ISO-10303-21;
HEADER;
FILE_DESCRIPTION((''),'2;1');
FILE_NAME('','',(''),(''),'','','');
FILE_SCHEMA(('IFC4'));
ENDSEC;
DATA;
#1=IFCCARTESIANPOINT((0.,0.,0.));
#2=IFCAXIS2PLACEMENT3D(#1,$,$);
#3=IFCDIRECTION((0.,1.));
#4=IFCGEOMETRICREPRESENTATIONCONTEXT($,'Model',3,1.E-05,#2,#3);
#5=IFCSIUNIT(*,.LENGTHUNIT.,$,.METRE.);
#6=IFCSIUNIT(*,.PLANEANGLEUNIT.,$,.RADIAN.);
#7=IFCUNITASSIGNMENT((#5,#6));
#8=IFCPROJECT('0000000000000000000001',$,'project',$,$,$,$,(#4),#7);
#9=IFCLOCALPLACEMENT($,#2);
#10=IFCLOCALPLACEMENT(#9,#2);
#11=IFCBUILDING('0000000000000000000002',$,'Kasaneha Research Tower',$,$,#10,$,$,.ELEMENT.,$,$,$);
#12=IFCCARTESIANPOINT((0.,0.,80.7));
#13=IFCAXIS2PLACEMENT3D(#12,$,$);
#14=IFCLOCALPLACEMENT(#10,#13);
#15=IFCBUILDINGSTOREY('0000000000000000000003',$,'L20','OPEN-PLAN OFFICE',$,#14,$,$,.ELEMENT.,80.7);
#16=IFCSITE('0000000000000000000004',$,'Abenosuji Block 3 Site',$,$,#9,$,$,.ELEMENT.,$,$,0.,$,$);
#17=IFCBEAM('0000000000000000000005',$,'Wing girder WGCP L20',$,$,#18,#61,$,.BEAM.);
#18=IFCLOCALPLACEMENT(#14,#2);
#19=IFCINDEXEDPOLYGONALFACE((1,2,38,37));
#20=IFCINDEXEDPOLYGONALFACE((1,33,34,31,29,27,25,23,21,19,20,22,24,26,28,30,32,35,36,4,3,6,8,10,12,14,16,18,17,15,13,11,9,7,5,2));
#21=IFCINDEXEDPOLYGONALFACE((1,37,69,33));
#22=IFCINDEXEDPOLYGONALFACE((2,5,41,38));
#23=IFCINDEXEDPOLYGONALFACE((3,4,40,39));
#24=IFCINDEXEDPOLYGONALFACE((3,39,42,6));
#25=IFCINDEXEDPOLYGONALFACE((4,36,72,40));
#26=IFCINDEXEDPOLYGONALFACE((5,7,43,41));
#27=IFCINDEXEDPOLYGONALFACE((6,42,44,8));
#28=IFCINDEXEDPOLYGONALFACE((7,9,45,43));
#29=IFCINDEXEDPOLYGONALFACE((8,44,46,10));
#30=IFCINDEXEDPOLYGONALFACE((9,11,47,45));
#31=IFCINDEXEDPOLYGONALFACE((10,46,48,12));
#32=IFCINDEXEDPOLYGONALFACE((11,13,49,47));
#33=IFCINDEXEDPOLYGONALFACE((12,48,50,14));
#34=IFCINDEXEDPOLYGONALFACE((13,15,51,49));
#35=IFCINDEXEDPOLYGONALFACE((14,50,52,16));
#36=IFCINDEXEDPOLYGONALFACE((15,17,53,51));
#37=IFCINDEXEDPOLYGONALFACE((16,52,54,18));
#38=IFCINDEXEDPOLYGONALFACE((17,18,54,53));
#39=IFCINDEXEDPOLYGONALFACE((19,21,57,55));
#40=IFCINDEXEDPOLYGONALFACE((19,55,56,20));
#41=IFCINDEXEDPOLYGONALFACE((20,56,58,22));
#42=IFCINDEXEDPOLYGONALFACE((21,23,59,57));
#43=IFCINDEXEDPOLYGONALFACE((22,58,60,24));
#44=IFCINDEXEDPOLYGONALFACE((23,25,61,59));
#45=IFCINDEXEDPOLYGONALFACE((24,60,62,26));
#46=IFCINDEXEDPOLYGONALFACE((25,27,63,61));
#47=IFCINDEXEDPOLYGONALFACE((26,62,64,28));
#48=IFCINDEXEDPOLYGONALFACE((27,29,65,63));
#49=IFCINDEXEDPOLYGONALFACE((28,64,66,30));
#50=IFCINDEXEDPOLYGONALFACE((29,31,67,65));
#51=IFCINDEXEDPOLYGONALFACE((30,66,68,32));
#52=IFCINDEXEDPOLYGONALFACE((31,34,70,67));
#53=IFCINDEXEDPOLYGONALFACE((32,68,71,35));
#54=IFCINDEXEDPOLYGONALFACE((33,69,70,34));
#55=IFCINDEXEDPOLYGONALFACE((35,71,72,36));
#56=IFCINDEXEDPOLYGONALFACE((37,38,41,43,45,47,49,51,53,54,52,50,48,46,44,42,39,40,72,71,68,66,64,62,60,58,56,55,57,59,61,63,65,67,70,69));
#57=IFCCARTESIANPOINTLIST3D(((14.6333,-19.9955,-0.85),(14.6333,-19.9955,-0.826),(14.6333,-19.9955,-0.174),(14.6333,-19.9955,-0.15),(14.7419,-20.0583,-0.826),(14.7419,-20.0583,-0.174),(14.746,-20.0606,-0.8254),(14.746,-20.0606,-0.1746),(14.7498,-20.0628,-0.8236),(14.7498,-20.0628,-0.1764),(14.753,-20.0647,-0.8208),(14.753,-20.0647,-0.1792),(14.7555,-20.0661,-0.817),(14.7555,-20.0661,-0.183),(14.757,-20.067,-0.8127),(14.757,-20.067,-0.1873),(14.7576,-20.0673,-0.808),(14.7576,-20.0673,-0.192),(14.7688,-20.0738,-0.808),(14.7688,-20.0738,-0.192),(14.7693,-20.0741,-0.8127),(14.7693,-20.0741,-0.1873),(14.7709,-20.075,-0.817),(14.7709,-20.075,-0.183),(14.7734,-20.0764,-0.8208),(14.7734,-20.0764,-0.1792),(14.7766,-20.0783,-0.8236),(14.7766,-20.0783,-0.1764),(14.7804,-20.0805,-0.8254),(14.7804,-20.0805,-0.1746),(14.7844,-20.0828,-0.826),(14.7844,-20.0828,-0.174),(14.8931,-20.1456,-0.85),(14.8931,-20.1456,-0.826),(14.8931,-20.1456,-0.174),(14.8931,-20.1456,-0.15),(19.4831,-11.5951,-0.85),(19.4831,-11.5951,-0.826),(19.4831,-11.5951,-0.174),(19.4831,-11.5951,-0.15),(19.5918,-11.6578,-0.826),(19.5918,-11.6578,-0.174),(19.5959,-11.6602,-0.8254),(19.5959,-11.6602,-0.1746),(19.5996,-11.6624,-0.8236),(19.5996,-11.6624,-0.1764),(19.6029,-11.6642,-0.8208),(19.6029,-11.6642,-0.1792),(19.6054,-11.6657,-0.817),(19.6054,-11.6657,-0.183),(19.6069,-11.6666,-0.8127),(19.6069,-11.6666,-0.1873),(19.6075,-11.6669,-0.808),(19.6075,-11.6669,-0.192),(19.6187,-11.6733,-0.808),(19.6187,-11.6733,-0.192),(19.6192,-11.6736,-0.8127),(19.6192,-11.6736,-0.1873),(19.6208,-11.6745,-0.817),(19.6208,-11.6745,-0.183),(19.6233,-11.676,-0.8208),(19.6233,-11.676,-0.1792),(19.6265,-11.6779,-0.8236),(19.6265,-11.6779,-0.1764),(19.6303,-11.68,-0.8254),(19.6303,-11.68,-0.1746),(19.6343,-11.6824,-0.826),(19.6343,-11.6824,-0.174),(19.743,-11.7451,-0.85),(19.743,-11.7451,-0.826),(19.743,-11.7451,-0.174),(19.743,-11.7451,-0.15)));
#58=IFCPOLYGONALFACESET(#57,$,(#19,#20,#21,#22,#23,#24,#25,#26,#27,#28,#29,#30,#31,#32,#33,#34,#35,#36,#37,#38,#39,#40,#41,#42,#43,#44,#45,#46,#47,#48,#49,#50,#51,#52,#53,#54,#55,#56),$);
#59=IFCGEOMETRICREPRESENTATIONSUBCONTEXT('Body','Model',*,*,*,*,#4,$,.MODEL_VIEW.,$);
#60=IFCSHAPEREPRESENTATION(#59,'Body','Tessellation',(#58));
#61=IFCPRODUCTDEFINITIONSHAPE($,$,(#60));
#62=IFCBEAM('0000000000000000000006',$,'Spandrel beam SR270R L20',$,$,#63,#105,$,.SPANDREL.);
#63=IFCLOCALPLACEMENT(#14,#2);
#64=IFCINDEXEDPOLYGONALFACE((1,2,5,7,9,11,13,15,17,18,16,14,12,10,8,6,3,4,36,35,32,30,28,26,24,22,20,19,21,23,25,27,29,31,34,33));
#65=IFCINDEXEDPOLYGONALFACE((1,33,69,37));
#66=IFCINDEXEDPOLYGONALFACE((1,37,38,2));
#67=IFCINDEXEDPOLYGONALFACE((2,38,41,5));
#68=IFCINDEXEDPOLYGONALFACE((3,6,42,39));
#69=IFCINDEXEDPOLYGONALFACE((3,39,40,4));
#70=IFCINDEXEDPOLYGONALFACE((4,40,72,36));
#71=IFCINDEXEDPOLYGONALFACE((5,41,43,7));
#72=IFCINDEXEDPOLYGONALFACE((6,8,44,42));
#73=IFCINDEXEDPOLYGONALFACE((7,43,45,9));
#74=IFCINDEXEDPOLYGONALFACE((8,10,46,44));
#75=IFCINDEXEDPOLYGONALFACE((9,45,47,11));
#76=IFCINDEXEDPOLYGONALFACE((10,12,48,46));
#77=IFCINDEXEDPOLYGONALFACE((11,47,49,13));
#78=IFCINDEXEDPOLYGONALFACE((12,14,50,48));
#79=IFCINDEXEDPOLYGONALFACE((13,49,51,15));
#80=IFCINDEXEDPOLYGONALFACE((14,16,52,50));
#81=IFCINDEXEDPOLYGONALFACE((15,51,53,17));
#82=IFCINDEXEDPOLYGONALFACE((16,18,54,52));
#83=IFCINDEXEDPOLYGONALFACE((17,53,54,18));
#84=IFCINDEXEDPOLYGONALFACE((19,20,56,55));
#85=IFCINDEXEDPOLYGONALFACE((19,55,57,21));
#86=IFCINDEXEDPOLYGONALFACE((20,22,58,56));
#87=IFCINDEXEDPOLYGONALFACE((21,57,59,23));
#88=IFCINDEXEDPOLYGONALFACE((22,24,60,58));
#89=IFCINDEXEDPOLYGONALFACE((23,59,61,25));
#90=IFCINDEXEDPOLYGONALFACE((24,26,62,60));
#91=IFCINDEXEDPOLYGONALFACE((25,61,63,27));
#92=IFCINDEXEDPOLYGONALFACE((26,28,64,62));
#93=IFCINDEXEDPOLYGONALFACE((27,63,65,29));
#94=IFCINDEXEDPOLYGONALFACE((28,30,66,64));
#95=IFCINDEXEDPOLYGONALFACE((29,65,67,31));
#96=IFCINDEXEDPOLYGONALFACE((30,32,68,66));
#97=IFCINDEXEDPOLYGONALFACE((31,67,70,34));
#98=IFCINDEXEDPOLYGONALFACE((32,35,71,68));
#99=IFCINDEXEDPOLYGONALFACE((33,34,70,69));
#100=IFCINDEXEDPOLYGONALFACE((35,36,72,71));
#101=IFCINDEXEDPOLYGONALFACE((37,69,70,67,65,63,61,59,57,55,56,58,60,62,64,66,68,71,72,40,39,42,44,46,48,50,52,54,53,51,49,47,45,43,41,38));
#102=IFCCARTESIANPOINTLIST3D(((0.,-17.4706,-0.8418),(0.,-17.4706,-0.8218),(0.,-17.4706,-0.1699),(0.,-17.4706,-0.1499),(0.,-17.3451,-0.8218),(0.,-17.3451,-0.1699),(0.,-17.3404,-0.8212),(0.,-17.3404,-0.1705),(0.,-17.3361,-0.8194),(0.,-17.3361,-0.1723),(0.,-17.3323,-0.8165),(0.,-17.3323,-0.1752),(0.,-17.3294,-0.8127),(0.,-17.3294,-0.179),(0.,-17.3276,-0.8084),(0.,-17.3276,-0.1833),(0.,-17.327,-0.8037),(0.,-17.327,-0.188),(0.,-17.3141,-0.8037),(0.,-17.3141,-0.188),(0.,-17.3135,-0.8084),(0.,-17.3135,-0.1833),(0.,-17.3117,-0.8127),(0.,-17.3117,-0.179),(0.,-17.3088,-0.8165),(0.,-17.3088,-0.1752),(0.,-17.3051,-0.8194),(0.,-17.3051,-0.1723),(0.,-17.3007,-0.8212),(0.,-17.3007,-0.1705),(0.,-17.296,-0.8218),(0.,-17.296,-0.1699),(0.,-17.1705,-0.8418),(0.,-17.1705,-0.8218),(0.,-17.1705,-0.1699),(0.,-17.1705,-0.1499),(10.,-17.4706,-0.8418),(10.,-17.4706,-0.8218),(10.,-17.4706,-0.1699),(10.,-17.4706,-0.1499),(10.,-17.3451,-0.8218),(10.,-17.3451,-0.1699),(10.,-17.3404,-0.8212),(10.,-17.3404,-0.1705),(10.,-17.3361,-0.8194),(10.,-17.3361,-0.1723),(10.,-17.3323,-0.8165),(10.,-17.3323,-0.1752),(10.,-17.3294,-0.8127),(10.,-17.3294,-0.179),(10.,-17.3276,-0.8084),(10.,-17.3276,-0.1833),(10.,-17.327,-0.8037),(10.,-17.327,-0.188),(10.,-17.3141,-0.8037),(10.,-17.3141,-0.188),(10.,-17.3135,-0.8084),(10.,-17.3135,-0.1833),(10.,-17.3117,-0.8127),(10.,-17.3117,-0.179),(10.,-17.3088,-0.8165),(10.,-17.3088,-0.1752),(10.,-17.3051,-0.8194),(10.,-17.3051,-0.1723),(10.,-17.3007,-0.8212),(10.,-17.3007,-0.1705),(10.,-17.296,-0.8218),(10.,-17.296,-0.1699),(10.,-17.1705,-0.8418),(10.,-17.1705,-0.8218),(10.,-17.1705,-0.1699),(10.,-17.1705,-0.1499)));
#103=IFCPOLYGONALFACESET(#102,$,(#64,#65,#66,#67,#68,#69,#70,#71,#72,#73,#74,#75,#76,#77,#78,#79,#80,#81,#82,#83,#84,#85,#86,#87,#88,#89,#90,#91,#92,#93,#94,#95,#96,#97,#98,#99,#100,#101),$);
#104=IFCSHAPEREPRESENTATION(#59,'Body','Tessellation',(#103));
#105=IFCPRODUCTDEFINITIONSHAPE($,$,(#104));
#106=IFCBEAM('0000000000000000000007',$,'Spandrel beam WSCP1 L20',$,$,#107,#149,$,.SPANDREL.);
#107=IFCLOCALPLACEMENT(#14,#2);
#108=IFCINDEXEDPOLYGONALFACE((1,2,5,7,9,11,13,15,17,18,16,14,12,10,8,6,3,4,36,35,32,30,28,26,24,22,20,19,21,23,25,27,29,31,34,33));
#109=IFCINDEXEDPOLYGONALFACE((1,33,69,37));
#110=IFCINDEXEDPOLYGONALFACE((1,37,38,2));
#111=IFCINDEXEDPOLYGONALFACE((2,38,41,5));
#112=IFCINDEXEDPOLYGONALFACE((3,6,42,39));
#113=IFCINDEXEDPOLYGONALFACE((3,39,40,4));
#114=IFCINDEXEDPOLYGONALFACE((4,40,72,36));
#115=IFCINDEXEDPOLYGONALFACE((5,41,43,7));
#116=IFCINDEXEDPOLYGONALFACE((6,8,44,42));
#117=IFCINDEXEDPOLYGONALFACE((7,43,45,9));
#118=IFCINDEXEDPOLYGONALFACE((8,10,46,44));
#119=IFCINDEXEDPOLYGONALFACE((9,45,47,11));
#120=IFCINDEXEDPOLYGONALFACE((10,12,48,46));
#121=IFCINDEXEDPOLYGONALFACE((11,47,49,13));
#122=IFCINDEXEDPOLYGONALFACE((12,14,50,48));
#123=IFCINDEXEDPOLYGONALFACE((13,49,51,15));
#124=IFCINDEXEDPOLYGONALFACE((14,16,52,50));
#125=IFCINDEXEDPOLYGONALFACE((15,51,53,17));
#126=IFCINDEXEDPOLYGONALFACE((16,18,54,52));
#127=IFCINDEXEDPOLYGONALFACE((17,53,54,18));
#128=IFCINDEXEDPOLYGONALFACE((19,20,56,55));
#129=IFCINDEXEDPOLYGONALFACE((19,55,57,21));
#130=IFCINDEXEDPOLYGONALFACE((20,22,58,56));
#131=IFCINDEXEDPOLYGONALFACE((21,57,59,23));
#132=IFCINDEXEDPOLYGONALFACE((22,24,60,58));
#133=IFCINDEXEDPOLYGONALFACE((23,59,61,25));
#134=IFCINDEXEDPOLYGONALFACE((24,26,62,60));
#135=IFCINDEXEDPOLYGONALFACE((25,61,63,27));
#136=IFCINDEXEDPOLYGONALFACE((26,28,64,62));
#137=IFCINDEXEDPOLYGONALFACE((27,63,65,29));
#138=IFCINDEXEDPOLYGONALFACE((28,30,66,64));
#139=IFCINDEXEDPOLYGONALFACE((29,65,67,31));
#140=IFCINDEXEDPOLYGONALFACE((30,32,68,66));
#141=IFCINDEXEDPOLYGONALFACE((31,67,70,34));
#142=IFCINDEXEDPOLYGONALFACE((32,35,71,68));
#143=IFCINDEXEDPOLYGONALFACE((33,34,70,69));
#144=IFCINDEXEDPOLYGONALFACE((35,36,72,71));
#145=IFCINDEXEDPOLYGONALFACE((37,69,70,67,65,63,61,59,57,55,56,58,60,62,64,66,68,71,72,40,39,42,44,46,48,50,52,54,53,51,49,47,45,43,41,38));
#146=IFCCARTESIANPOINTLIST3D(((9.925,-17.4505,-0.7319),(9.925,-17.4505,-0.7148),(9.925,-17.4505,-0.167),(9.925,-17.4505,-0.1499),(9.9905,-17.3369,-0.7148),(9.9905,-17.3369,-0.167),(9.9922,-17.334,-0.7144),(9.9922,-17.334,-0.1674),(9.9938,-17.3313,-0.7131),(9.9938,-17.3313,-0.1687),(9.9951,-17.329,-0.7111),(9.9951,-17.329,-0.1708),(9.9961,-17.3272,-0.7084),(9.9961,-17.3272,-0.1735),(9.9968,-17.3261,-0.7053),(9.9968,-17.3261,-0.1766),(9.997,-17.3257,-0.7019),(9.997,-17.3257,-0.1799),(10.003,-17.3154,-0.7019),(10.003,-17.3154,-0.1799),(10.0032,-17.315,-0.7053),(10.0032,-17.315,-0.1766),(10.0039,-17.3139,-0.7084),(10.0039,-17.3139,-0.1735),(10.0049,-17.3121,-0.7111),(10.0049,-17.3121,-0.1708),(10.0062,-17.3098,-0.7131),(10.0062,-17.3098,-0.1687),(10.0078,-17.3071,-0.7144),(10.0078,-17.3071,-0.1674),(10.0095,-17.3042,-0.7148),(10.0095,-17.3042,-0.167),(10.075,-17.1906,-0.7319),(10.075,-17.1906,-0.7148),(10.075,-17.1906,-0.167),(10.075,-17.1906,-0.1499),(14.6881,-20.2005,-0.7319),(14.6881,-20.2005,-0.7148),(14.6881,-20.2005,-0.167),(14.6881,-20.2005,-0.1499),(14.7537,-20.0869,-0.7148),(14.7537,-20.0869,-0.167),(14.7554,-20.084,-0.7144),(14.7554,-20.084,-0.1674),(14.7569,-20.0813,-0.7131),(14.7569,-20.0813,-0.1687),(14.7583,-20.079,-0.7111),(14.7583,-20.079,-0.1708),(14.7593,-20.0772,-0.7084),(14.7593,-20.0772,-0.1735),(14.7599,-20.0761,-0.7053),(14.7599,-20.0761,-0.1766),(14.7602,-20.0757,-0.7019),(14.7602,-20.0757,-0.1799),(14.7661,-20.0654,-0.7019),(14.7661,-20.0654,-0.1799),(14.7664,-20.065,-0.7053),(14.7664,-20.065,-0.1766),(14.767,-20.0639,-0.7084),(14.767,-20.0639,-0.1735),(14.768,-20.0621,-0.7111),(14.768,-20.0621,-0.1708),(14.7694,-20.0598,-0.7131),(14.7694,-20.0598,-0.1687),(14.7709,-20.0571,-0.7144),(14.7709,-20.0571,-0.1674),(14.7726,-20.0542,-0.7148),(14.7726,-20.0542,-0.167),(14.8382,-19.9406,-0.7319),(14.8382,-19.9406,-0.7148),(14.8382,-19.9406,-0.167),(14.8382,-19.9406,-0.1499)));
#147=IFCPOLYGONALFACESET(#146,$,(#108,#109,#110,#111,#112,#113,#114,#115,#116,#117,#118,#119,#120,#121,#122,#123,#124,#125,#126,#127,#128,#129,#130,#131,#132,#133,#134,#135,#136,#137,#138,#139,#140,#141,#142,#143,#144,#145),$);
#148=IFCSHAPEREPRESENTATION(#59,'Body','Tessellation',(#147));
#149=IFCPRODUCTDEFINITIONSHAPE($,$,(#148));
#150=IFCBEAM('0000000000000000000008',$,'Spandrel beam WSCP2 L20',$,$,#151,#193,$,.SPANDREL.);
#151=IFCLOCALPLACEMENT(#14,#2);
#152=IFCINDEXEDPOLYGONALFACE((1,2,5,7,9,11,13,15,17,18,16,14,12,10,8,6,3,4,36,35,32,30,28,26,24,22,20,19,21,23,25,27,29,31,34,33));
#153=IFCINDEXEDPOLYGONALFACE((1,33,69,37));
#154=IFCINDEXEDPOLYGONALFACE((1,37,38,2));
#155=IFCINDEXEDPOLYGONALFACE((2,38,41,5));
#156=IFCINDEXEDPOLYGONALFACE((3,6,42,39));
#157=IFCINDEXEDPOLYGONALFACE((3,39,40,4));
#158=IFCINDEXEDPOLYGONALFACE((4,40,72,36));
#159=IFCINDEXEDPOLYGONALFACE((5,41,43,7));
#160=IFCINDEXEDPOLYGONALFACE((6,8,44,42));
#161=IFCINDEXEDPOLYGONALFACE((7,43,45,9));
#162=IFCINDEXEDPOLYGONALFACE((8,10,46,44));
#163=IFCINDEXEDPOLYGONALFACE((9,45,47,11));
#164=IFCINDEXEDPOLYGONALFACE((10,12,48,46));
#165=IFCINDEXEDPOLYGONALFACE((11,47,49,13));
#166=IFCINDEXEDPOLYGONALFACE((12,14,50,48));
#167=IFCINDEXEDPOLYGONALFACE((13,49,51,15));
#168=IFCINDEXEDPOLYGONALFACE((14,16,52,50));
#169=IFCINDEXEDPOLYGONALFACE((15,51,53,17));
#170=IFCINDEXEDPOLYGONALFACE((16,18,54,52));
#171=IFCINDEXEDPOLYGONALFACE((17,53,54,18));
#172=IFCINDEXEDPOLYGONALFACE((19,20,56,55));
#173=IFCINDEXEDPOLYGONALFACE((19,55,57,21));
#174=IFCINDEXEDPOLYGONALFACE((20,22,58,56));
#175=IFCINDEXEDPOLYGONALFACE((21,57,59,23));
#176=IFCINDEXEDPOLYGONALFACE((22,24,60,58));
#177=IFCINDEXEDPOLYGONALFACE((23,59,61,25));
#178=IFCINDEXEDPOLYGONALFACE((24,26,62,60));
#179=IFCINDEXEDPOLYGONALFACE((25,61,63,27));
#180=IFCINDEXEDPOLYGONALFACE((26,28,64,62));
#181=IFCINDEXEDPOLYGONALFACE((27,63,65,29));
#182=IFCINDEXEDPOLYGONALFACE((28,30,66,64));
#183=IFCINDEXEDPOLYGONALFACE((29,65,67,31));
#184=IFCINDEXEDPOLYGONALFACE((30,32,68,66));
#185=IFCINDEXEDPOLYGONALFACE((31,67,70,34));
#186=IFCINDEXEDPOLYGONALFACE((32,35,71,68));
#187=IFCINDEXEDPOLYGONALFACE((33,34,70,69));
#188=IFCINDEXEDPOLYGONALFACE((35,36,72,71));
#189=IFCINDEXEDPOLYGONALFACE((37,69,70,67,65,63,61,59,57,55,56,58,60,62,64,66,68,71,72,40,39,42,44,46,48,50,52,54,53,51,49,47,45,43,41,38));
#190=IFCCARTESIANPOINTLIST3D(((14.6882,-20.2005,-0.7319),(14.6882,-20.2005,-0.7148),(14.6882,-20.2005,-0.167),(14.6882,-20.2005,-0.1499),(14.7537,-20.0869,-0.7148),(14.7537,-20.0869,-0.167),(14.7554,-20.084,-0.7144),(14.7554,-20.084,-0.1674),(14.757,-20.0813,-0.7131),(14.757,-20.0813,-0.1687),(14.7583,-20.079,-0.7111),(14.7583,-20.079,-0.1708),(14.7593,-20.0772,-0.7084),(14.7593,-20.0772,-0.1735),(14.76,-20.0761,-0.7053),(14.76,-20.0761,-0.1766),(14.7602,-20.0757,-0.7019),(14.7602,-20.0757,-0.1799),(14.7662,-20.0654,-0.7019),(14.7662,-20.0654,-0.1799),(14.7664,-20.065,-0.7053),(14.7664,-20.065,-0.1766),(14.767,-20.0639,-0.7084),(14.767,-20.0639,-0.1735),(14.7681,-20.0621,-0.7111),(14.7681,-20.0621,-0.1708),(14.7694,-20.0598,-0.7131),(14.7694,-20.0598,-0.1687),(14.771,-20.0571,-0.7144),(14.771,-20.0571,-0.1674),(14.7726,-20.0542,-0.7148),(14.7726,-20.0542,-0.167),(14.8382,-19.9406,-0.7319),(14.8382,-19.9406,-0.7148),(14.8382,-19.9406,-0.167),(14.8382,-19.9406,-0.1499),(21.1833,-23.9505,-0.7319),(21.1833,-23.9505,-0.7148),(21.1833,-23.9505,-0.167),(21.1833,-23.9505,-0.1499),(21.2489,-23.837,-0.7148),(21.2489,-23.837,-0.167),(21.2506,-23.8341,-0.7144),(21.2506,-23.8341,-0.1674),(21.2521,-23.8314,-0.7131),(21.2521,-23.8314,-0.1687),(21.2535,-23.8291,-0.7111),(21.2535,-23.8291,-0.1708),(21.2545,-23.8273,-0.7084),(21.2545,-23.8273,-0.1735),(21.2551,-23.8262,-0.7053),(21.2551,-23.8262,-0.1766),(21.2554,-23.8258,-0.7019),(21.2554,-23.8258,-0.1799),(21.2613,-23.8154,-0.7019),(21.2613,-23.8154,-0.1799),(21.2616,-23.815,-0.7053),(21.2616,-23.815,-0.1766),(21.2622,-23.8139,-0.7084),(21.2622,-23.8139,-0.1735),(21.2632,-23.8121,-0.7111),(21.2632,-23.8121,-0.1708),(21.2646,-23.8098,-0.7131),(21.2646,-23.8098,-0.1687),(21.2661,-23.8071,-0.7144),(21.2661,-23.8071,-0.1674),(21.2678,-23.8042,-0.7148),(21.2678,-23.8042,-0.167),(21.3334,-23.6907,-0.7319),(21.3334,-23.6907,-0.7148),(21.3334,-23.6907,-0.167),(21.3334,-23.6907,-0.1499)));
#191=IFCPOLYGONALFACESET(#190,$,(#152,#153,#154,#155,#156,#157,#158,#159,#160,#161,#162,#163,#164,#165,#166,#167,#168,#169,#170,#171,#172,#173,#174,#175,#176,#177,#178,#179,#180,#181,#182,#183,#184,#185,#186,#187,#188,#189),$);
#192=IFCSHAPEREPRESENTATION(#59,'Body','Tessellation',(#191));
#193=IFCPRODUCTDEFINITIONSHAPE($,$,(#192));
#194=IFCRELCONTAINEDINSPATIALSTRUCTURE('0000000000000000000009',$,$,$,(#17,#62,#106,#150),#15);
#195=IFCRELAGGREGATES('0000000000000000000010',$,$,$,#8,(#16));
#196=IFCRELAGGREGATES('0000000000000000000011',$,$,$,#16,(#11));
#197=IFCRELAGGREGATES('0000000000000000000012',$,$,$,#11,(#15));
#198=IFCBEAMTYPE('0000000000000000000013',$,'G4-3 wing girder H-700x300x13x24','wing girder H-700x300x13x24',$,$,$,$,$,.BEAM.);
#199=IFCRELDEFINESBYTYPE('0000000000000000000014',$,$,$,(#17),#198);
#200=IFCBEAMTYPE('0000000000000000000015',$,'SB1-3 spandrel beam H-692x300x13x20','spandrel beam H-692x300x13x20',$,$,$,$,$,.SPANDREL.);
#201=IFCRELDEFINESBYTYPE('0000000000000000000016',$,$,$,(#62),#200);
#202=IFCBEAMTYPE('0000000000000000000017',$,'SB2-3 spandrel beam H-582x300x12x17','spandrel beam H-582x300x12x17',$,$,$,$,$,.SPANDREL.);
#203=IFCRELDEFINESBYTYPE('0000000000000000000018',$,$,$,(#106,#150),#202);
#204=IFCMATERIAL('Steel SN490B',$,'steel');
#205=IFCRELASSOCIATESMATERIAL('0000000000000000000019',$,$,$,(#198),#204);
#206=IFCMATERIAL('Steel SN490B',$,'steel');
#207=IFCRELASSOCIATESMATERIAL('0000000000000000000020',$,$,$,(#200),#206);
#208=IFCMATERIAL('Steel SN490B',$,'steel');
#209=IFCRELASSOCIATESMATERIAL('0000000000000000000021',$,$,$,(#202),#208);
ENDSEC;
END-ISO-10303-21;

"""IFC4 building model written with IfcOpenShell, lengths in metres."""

from ifc_helpers import new_model, si_unit, direction, frame, origin, origin_2d, place, context, subcontext, project, spatial, i_section, extrude, material, material_profile, profile_set, type_object, element, save


model = new_model("IFC4")

# Units and contexts
model_context = context("Model", 3, precision=1e-05, world=origin(), true_north=direction((0.0, 1.0)))
body_context = subcontext(model_context, "Body", "Model", "MODEL_VIEW")
ifc_project = project(units=[si_unit("LENGTHUNIT", "METRE"), si_unit("PLANEANGLEUNIT", "RADIAN")], contexts=[model_context])

# Site, building, storey
site_placement = place(None, origin())
site = spatial("IfcSite", under=ifc_project, at=site_placement, Name="Abenosuji Block 3 Site", CompositionType="ELEMENT", RefElevation=0.0)
building_placement = place(site_placement, origin())
building = spatial("IfcBuilding", under=site, at=building_placement, Name="Kasaneha Research Tower", CompositionType="ELEMENT")
storey_placement = place(building_placement, frame((0.0, 0.0, 80.7)))
storey = spatial("IfcBuildingStorey", under=building, at=storey_placement, Name="L20", Description="OPEN-PLAN OFFICE", CompositionType="ELEMENT", Elevation=80.7)

# Beams
ifc_material_1 = material(Name="Steel SN490B", Category="steel")
ifc_material_profile_1 = material_profile(ifc_material_1, i_section(OverallWidth=0.3, OverallDepth=0.7, WebThickness=0.0129, FlangeThickness=0.0239, FilletRadius=0.0181, at=origin_2d()), Name="H-700x300x13x24")
ifc_profile_set_1 = profile_set([ifc_material_profile_1], Name="Steel SN490B")
beam_type_1 = type_object("IfcBeamType", Name="G4-3 wing girder H-700x300x13x24", Description="wing girder H-700x300x13x24", PredefinedType="BEAM", material=ifc_profile_set_1)
beam_1_placement = place(storey_placement, frame((14.7632, -20.0706, -0.5), z_axis=(0.499991, 0.866031, 0.0), x_axis=(-0.866031, 0.499991, 0.0)))
element("IfcBeam", 1, at=beam_1_placement, inside=storey, type_object=beam_type_1, Name="Wing girder WGCP L20", PredefinedType="BEAM", context=body_context, shape_type="SweptSolid", body=[
    extrude(i_section(OverallWidth=0.3, OverallDepth=0.7, WebThickness=0.0129, FlangeThickness=0.0239, FilletRadius=0.0181, at=origin_2d()), origin(), (0.0, 0.0, 1.0), 9.7),
])
ifc_material_2 = material(Name="Steel SN490B", Category="steel")
ifc_material_profile_2 = material_profile(ifc_material_2, i_section(OverallWidth=0.3, OverallDepth=0.6919, WebThickness=0.0129, FlangeThickness=0.02, FilletRadius=0.0181, at=origin_2d()), Name="H-692x300x13x20")
ifc_profile_set_2 = profile_set([ifc_material_profile_2], Name="Steel SN490B")
beam_type_2 = type_object("IfcBeamType", Name="SB1-3 spandrel beam H-692x300x13x20", Description="spandrel beam H-692x300x13x20", PredefinedType="SPANDREL", material=ifc_profile_set_2)
beam_2_placement = place(storey_placement, frame((10.0, -17.3206, -0.4958), z_axis=(-1.0, 0.0, 0.0), x_axis=(0.0, -1.0, 0.0)))
element("IfcBeam", 2, at=beam_2_placement, inside=storey, type_object=beam_type_2, Name="Spandrel beam SR270R L20", PredefinedType="SPANDREL", context=body_context, shape_type="SweptSolid", body=[
    extrude(i_section(OverallWidth=0.3, OverallDepth=0.6919, WebThickness=0.0129, FlangeThickness=0.02, FilletRadius=0.0181, at=origin_2d()), origin(), (0.0, 0.0, 1.0), 10.0),
])
ifc_material_3 = material(Name="Steel SN490B", Category="steel")
ifc_material_profile_3 = material_profile(ifc_material_3, i_section(OverallWidth=0.3, OverallDepth=0.582, WebThickness=0.012, FlangeThickness=0.0171, FilletRadius=0.0129, at=origin_2d()), Name="H-582x300x12x17")
ifc_profile_set_3 = profile_set([ifc_material_profile_3], Name="Steel SN490B")
beam_type_3 = type_object("IfcBeamType", Name="SB2-3 spandrel beam H-582x300x12x17", Description="spandrel beam H-582x300x12x17", PredefinedType="SPANDREL", material=ifc_profile_set_3)
beam_3_placement = place(storey_placement, frame((10.0, -17.3206, -0.4409), z_axis=(0.866027, -0.499997, 0.0), x_axis=(0.499997, 0.866027, 0.0)))
element("IfcBeam", 3, at=beam_3_placement, inside=storey, type_object=beam_type_3, Name="Spandrel beam WSCP1 L20", PredefinedType="SPANDREL", context=body_context, shape_type="SweptSolid", body=[
    extrude(i_section(OverallWidth=0.3, OverallDepth=0.582, WebThickness=0.012, FlangeThickness=0.0171, FilletRadius=0.0129, at=origin_2d()), origin(), (0.0, 0.0, 1.0), 5.5),
])
beam_4_placement = place(storey_placement, frame((14.7632, -20.0706, -0.4409), z_axis=(0.866023, -0.500004, 0.0), x_axis=(0.500004, 0.866023, 0.0)))
element("IfcBeam", 4, at=beam_4_placement, inside=storey, type_object=beam_type_3, Name="Spandrel beam WSCP2 L20", PredefinedType="SPANDREL", context=body_context, shape_type="SweptSolid", body=[
    extrude(i_section(OverallWidth=0.3, OverallDepth=0.582, WebThickness=0.012, FlangeThickness=0.0171, FilletRadius=0.0129, at=origin_2d()), origin(), (0.0, 0.0, 1.0), 7.5),
])

save(model, "model.ifc")
